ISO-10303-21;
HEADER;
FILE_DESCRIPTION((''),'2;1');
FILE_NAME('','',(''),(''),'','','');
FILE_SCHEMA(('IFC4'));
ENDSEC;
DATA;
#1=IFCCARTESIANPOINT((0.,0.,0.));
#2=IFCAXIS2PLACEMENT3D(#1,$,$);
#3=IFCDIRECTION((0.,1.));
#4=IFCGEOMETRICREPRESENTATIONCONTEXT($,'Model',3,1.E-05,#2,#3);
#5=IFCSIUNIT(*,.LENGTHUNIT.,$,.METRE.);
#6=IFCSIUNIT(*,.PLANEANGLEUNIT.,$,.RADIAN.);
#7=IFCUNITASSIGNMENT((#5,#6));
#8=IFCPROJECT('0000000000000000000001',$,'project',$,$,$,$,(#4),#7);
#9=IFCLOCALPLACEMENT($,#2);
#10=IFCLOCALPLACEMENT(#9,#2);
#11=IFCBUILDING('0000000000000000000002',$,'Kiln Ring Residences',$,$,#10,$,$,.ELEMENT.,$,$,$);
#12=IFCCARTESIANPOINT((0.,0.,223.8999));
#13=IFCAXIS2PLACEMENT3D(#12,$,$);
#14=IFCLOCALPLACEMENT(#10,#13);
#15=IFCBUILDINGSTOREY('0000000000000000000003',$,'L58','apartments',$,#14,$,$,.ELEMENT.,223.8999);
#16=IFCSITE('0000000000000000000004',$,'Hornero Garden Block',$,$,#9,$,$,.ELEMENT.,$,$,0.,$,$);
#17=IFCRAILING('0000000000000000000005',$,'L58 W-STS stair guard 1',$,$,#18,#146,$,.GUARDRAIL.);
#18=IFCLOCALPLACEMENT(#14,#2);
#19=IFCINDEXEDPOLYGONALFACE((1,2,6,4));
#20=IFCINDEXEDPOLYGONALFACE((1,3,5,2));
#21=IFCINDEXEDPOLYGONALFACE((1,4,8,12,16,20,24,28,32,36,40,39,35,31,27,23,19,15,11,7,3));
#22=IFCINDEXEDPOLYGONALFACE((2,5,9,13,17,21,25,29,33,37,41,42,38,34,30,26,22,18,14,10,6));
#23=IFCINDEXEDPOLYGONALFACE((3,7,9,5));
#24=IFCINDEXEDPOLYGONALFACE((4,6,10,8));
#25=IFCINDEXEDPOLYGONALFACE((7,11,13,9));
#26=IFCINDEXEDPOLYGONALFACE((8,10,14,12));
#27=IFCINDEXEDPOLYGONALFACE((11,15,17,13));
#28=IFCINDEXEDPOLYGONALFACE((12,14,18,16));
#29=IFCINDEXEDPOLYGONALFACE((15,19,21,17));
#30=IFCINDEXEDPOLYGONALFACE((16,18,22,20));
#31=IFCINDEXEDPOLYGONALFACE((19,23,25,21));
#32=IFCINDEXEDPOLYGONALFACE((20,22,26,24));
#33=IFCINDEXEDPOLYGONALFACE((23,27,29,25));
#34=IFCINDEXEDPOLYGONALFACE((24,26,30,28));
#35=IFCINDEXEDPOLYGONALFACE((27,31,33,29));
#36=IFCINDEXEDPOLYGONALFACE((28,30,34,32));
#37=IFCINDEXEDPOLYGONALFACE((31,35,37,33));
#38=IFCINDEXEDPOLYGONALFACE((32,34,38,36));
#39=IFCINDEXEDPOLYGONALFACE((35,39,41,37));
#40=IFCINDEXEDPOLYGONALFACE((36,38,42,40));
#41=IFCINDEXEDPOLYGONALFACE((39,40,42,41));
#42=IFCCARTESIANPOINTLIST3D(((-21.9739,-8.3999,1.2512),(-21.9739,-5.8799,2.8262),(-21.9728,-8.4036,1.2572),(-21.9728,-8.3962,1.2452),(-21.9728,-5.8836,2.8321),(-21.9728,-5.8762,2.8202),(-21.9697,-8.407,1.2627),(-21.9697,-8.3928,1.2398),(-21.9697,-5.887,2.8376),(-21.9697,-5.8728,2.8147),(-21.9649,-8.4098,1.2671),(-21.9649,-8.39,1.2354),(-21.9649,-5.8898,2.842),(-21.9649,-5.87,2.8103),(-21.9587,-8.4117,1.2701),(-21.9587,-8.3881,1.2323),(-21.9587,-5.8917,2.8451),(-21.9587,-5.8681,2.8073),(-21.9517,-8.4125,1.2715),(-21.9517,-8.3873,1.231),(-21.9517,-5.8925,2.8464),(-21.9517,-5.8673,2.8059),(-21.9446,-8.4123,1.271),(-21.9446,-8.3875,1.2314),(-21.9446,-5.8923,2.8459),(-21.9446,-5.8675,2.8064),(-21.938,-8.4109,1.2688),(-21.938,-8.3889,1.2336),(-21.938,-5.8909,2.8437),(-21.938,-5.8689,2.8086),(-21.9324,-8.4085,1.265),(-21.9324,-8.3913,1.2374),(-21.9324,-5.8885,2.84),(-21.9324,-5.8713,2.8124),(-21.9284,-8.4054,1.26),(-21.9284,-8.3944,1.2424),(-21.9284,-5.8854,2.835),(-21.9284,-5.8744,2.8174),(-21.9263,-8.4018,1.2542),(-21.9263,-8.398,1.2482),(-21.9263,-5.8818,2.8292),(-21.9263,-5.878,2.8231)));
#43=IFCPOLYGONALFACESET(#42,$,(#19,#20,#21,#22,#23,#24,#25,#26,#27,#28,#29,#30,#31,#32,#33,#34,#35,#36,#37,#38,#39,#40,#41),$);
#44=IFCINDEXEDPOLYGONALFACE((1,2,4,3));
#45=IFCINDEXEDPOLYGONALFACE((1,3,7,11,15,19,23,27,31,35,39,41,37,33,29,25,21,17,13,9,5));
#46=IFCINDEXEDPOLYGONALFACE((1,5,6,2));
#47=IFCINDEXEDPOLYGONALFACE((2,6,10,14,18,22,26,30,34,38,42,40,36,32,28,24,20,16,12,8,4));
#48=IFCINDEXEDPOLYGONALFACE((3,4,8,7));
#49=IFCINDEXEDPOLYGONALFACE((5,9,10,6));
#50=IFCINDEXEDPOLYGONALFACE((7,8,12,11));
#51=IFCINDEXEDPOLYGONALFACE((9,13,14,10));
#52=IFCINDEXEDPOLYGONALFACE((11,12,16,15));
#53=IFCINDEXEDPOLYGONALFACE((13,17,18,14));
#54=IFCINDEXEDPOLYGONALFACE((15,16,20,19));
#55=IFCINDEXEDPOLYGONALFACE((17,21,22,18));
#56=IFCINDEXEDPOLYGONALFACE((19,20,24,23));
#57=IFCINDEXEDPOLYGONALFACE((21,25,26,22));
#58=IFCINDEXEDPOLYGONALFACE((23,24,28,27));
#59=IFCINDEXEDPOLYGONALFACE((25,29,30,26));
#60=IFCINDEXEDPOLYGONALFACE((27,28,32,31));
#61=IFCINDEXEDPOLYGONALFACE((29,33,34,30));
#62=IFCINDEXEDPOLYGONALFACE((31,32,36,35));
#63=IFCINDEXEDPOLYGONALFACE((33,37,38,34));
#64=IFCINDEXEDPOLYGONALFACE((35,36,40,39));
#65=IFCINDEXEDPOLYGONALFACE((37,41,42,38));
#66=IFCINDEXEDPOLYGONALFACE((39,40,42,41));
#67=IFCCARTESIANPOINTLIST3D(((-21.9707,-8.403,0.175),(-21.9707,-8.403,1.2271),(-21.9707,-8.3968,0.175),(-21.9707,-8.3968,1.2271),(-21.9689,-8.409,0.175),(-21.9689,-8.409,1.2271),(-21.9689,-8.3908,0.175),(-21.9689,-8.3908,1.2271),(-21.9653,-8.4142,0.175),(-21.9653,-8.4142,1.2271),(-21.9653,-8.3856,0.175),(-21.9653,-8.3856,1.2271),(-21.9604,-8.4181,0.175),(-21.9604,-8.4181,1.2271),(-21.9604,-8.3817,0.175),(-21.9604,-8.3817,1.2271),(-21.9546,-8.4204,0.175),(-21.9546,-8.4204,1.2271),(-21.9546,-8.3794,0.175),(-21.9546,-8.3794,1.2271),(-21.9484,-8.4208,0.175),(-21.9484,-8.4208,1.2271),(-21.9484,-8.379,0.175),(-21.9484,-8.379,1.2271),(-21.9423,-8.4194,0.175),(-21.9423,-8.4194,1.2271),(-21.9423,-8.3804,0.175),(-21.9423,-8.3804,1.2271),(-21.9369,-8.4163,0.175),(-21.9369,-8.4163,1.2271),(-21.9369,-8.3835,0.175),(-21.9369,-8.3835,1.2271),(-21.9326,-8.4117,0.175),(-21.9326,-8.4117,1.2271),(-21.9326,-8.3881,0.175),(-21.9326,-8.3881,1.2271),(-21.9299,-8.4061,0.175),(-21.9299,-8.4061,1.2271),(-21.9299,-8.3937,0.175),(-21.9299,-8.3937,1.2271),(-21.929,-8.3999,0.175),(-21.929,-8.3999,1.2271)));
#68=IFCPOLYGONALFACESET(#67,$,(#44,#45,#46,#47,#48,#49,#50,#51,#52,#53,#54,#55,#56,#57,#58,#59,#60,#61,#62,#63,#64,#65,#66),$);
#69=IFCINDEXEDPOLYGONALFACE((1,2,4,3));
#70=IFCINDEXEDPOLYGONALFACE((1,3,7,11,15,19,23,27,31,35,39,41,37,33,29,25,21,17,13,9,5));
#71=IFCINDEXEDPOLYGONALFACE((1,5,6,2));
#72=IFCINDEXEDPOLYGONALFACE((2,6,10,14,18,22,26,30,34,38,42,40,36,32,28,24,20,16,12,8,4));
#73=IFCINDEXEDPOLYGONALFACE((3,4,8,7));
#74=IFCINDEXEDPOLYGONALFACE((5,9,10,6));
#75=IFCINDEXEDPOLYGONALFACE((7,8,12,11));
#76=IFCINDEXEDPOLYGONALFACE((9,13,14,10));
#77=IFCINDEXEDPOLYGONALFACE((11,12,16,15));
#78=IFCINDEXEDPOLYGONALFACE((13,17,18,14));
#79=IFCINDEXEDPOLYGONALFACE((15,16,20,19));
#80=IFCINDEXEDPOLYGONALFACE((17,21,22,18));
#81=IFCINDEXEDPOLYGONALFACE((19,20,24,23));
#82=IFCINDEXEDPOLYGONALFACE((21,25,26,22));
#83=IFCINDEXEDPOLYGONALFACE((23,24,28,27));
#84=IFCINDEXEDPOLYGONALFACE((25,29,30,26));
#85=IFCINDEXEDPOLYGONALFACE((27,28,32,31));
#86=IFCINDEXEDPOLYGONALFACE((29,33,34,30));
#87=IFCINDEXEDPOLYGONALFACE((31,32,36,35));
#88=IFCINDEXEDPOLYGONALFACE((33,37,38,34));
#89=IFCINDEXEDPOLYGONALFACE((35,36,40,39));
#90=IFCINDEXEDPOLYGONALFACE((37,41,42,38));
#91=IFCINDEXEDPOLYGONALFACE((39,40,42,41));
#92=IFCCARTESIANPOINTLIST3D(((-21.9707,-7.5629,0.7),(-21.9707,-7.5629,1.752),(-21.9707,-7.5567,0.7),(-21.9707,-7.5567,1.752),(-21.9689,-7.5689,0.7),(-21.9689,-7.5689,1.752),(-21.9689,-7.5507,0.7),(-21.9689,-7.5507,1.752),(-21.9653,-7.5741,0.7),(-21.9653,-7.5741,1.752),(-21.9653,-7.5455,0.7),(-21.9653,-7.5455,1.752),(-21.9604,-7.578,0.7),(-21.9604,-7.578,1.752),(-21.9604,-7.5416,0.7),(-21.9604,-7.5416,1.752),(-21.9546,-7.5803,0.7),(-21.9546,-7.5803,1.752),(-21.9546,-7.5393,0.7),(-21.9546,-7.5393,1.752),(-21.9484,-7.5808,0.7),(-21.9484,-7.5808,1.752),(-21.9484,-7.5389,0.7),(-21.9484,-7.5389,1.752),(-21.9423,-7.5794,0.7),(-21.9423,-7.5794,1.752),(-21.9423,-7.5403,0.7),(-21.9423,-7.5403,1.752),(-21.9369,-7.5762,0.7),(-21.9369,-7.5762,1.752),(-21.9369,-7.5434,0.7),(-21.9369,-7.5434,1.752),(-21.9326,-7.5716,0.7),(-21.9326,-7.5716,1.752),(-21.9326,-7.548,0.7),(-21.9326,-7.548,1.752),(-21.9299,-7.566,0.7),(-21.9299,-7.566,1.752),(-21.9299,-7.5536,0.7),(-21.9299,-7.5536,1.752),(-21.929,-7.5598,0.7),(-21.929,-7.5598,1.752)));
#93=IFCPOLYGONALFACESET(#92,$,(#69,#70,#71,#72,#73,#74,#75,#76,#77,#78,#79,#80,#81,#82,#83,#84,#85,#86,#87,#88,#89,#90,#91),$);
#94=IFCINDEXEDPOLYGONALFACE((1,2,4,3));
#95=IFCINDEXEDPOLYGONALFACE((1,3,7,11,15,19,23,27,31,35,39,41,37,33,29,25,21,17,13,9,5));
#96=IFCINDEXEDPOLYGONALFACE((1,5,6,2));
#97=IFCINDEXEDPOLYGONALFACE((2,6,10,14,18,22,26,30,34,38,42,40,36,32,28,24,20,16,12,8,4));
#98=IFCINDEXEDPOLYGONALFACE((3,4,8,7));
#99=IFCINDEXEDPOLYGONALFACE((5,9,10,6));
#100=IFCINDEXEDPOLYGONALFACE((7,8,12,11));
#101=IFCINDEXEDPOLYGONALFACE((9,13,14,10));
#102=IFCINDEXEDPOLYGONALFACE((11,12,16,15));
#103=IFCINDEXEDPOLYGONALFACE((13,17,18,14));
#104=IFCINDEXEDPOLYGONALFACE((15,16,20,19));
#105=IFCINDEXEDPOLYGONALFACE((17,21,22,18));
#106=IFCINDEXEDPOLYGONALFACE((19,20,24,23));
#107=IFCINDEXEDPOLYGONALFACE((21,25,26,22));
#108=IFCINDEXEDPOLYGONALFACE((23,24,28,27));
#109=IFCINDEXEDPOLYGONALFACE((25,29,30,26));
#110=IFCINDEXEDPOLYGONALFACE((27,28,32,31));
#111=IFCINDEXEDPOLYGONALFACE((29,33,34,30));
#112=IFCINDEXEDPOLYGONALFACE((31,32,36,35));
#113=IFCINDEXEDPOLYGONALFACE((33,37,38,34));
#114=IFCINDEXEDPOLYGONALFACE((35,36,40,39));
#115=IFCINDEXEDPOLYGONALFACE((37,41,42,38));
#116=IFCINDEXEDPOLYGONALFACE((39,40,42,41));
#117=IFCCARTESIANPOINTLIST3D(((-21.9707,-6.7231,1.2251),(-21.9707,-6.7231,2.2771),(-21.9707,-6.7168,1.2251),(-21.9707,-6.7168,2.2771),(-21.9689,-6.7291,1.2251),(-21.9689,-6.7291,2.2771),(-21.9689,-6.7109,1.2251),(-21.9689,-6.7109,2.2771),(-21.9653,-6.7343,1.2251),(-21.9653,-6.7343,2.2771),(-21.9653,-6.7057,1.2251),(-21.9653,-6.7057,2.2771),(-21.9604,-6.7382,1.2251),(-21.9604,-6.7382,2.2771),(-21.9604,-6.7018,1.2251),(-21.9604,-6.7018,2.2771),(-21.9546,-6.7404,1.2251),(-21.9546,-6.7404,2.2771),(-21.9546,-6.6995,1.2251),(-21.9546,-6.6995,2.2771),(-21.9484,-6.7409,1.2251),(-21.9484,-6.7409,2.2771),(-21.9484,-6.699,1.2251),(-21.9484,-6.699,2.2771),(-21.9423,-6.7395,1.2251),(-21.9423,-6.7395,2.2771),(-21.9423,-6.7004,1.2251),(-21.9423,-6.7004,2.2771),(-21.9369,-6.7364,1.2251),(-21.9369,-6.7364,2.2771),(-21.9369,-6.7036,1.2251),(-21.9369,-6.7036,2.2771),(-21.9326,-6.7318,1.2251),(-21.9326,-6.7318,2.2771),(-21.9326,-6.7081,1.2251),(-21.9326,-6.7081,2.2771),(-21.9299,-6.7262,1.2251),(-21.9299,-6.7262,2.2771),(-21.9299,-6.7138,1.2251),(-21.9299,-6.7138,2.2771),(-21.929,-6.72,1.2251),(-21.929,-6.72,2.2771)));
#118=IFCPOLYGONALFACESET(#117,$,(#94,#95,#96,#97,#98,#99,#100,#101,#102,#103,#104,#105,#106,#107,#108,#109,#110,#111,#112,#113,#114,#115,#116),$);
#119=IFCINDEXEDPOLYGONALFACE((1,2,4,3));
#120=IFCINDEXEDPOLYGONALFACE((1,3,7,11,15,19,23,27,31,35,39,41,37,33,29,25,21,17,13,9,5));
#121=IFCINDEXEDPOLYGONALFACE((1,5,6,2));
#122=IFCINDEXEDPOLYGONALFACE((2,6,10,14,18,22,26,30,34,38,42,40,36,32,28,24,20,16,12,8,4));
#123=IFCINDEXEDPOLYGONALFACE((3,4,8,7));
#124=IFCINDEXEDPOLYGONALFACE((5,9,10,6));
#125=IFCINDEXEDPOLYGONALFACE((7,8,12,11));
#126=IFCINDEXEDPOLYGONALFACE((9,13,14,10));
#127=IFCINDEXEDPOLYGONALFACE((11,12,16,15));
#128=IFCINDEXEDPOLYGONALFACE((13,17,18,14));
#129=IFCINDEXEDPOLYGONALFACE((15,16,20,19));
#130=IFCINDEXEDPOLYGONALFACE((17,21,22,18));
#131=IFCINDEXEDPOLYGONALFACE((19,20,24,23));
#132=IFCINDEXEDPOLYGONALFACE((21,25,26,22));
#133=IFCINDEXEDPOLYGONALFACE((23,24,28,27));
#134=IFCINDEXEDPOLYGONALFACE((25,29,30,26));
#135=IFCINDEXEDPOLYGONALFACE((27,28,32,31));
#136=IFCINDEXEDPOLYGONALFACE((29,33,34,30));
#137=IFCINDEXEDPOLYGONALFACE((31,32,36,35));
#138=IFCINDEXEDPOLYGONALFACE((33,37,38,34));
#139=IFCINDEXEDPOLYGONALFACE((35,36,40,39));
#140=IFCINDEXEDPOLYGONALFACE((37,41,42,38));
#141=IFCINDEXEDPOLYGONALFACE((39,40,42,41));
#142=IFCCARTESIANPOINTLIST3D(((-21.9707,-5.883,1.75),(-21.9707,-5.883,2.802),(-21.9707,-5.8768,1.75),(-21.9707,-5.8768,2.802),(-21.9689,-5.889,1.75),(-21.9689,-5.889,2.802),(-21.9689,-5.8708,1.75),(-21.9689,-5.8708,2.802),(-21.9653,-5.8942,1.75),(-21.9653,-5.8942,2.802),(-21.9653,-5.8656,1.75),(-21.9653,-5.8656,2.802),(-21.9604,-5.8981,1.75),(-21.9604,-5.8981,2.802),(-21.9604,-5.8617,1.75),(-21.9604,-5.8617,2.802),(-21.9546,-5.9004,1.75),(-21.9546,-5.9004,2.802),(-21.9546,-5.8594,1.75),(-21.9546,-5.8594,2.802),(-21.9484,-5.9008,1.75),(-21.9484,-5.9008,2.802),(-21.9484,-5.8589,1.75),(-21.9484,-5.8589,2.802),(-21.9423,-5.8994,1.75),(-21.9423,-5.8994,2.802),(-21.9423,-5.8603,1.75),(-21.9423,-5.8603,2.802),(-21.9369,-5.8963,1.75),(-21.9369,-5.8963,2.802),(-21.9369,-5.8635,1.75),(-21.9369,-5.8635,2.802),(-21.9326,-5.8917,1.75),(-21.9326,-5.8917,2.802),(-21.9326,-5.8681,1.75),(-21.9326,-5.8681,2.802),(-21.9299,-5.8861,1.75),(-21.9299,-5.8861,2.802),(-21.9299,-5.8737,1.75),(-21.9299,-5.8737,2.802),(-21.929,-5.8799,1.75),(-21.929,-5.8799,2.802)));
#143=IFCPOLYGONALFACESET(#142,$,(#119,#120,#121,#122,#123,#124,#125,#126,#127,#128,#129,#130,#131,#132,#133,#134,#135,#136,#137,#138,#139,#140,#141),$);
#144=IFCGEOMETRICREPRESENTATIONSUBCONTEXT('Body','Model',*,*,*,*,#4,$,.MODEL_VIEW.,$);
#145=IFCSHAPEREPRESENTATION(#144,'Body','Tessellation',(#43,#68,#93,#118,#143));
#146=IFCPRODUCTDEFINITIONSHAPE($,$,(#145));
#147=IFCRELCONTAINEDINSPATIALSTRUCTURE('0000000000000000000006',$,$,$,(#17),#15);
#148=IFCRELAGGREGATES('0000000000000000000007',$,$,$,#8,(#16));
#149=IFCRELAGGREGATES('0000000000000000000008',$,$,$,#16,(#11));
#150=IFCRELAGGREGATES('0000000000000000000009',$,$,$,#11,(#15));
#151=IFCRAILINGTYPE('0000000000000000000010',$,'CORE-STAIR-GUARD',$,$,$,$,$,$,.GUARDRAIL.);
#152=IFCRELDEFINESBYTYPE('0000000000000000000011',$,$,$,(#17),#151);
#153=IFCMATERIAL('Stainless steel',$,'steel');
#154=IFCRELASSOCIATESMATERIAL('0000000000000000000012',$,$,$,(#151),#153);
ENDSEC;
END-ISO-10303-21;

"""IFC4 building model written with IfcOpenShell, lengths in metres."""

from ifc_helpers import new_model, si_unit, direction, frame, origin, origin_2d, place, context, subcontext, project, spatial, circle, extrude, material, type_object, element, save


model = new_model("IFC4")

# Units and contexts
model_context = context("Model", 3, precision=1e-05, world=origin(), true_north=direction((0.0, 1.0)))
body_context = subcontext(model_context, "Body", "Model", "MODEL_VIEW")
ifc_project = project(units=[si_unit("LENGTHUNIT", "METRE"), si_unit("PLANEANGLEUNIT", "RADIAN")], contexts=[model_context])

# Site, building, storey
site_placement = place(None, origin())
site = spatial("IfcSite", under=ifc_project, at=site_placement, Name="Hornero Garden Block", CompositionType="ELEMENT", RefElevation=0.0)
building_placement = place(site_placement, origin())
building = spatial("IfcBuilding", under=site, at=building_placement, Name="Kiln Ring Residences", CompositionType="ELEMENT")
storey_placement = place(building_placement, frame((0.0, 0.0, 223.8999)))
storey = spatial("IfcBuildingStorey", under=building, at=storey_placement, Name="L58", Description="apartments", CompositionType="ELEMENT", Elevation=223.8999)

# Railing
ifc_material_1 = material(Name="Stainless steel", Category="steel")
railing_type_1 = type_object("IfcRailingType", Name="CORE-STAIR-GUARD", PredefinedType="GUARDRAIL", material=ifc_material_1)
railing_1_placement = place(storey_placement, frame((-21.95, -8.3999, 0.175)))
element("IfcRailing", 1, at=railing_1_placement, inside=storey, type_object=railing_type_1, Name="L58 W-STS stair guard 1", PredefinedType="GUARDRAIL", context=body_context, shape_type="SweptSolid", body=[
    extrude(circle(Radius=0.0239, at=origin_2d()), frame((0.0, 0.0, 1.0762), z_axis=(0.0, 0.848008, 0.529984), x_axis=(-1.0, 0.0, 0.0)), (0.0, 0.0, 1.0), 2.9717),
    extrude(circle(Radius=0.021, at=origin_2d()), origin(), (0.0, 0.0, 1.0), 1.052),
    extrude(circle(Radius=0.021, at=origin_2d()), frame((0.0, 0.8401, 0.5249)), (0.0, 0.0, 1.0), 1.052),
    extrude(circle(Radius=0.021, at=origin_2d()), frame((0.0, 1.6799, 1.05)), (0.0, 0.0, 1.0), 1.052),
    extrude(circle(Radius=0.021, at=origin_2d()), frame((0.0, 2.52, 1.575)), (0.0, 0.0, 1.0), 1.052),
])

save(model, "model.ifc")
